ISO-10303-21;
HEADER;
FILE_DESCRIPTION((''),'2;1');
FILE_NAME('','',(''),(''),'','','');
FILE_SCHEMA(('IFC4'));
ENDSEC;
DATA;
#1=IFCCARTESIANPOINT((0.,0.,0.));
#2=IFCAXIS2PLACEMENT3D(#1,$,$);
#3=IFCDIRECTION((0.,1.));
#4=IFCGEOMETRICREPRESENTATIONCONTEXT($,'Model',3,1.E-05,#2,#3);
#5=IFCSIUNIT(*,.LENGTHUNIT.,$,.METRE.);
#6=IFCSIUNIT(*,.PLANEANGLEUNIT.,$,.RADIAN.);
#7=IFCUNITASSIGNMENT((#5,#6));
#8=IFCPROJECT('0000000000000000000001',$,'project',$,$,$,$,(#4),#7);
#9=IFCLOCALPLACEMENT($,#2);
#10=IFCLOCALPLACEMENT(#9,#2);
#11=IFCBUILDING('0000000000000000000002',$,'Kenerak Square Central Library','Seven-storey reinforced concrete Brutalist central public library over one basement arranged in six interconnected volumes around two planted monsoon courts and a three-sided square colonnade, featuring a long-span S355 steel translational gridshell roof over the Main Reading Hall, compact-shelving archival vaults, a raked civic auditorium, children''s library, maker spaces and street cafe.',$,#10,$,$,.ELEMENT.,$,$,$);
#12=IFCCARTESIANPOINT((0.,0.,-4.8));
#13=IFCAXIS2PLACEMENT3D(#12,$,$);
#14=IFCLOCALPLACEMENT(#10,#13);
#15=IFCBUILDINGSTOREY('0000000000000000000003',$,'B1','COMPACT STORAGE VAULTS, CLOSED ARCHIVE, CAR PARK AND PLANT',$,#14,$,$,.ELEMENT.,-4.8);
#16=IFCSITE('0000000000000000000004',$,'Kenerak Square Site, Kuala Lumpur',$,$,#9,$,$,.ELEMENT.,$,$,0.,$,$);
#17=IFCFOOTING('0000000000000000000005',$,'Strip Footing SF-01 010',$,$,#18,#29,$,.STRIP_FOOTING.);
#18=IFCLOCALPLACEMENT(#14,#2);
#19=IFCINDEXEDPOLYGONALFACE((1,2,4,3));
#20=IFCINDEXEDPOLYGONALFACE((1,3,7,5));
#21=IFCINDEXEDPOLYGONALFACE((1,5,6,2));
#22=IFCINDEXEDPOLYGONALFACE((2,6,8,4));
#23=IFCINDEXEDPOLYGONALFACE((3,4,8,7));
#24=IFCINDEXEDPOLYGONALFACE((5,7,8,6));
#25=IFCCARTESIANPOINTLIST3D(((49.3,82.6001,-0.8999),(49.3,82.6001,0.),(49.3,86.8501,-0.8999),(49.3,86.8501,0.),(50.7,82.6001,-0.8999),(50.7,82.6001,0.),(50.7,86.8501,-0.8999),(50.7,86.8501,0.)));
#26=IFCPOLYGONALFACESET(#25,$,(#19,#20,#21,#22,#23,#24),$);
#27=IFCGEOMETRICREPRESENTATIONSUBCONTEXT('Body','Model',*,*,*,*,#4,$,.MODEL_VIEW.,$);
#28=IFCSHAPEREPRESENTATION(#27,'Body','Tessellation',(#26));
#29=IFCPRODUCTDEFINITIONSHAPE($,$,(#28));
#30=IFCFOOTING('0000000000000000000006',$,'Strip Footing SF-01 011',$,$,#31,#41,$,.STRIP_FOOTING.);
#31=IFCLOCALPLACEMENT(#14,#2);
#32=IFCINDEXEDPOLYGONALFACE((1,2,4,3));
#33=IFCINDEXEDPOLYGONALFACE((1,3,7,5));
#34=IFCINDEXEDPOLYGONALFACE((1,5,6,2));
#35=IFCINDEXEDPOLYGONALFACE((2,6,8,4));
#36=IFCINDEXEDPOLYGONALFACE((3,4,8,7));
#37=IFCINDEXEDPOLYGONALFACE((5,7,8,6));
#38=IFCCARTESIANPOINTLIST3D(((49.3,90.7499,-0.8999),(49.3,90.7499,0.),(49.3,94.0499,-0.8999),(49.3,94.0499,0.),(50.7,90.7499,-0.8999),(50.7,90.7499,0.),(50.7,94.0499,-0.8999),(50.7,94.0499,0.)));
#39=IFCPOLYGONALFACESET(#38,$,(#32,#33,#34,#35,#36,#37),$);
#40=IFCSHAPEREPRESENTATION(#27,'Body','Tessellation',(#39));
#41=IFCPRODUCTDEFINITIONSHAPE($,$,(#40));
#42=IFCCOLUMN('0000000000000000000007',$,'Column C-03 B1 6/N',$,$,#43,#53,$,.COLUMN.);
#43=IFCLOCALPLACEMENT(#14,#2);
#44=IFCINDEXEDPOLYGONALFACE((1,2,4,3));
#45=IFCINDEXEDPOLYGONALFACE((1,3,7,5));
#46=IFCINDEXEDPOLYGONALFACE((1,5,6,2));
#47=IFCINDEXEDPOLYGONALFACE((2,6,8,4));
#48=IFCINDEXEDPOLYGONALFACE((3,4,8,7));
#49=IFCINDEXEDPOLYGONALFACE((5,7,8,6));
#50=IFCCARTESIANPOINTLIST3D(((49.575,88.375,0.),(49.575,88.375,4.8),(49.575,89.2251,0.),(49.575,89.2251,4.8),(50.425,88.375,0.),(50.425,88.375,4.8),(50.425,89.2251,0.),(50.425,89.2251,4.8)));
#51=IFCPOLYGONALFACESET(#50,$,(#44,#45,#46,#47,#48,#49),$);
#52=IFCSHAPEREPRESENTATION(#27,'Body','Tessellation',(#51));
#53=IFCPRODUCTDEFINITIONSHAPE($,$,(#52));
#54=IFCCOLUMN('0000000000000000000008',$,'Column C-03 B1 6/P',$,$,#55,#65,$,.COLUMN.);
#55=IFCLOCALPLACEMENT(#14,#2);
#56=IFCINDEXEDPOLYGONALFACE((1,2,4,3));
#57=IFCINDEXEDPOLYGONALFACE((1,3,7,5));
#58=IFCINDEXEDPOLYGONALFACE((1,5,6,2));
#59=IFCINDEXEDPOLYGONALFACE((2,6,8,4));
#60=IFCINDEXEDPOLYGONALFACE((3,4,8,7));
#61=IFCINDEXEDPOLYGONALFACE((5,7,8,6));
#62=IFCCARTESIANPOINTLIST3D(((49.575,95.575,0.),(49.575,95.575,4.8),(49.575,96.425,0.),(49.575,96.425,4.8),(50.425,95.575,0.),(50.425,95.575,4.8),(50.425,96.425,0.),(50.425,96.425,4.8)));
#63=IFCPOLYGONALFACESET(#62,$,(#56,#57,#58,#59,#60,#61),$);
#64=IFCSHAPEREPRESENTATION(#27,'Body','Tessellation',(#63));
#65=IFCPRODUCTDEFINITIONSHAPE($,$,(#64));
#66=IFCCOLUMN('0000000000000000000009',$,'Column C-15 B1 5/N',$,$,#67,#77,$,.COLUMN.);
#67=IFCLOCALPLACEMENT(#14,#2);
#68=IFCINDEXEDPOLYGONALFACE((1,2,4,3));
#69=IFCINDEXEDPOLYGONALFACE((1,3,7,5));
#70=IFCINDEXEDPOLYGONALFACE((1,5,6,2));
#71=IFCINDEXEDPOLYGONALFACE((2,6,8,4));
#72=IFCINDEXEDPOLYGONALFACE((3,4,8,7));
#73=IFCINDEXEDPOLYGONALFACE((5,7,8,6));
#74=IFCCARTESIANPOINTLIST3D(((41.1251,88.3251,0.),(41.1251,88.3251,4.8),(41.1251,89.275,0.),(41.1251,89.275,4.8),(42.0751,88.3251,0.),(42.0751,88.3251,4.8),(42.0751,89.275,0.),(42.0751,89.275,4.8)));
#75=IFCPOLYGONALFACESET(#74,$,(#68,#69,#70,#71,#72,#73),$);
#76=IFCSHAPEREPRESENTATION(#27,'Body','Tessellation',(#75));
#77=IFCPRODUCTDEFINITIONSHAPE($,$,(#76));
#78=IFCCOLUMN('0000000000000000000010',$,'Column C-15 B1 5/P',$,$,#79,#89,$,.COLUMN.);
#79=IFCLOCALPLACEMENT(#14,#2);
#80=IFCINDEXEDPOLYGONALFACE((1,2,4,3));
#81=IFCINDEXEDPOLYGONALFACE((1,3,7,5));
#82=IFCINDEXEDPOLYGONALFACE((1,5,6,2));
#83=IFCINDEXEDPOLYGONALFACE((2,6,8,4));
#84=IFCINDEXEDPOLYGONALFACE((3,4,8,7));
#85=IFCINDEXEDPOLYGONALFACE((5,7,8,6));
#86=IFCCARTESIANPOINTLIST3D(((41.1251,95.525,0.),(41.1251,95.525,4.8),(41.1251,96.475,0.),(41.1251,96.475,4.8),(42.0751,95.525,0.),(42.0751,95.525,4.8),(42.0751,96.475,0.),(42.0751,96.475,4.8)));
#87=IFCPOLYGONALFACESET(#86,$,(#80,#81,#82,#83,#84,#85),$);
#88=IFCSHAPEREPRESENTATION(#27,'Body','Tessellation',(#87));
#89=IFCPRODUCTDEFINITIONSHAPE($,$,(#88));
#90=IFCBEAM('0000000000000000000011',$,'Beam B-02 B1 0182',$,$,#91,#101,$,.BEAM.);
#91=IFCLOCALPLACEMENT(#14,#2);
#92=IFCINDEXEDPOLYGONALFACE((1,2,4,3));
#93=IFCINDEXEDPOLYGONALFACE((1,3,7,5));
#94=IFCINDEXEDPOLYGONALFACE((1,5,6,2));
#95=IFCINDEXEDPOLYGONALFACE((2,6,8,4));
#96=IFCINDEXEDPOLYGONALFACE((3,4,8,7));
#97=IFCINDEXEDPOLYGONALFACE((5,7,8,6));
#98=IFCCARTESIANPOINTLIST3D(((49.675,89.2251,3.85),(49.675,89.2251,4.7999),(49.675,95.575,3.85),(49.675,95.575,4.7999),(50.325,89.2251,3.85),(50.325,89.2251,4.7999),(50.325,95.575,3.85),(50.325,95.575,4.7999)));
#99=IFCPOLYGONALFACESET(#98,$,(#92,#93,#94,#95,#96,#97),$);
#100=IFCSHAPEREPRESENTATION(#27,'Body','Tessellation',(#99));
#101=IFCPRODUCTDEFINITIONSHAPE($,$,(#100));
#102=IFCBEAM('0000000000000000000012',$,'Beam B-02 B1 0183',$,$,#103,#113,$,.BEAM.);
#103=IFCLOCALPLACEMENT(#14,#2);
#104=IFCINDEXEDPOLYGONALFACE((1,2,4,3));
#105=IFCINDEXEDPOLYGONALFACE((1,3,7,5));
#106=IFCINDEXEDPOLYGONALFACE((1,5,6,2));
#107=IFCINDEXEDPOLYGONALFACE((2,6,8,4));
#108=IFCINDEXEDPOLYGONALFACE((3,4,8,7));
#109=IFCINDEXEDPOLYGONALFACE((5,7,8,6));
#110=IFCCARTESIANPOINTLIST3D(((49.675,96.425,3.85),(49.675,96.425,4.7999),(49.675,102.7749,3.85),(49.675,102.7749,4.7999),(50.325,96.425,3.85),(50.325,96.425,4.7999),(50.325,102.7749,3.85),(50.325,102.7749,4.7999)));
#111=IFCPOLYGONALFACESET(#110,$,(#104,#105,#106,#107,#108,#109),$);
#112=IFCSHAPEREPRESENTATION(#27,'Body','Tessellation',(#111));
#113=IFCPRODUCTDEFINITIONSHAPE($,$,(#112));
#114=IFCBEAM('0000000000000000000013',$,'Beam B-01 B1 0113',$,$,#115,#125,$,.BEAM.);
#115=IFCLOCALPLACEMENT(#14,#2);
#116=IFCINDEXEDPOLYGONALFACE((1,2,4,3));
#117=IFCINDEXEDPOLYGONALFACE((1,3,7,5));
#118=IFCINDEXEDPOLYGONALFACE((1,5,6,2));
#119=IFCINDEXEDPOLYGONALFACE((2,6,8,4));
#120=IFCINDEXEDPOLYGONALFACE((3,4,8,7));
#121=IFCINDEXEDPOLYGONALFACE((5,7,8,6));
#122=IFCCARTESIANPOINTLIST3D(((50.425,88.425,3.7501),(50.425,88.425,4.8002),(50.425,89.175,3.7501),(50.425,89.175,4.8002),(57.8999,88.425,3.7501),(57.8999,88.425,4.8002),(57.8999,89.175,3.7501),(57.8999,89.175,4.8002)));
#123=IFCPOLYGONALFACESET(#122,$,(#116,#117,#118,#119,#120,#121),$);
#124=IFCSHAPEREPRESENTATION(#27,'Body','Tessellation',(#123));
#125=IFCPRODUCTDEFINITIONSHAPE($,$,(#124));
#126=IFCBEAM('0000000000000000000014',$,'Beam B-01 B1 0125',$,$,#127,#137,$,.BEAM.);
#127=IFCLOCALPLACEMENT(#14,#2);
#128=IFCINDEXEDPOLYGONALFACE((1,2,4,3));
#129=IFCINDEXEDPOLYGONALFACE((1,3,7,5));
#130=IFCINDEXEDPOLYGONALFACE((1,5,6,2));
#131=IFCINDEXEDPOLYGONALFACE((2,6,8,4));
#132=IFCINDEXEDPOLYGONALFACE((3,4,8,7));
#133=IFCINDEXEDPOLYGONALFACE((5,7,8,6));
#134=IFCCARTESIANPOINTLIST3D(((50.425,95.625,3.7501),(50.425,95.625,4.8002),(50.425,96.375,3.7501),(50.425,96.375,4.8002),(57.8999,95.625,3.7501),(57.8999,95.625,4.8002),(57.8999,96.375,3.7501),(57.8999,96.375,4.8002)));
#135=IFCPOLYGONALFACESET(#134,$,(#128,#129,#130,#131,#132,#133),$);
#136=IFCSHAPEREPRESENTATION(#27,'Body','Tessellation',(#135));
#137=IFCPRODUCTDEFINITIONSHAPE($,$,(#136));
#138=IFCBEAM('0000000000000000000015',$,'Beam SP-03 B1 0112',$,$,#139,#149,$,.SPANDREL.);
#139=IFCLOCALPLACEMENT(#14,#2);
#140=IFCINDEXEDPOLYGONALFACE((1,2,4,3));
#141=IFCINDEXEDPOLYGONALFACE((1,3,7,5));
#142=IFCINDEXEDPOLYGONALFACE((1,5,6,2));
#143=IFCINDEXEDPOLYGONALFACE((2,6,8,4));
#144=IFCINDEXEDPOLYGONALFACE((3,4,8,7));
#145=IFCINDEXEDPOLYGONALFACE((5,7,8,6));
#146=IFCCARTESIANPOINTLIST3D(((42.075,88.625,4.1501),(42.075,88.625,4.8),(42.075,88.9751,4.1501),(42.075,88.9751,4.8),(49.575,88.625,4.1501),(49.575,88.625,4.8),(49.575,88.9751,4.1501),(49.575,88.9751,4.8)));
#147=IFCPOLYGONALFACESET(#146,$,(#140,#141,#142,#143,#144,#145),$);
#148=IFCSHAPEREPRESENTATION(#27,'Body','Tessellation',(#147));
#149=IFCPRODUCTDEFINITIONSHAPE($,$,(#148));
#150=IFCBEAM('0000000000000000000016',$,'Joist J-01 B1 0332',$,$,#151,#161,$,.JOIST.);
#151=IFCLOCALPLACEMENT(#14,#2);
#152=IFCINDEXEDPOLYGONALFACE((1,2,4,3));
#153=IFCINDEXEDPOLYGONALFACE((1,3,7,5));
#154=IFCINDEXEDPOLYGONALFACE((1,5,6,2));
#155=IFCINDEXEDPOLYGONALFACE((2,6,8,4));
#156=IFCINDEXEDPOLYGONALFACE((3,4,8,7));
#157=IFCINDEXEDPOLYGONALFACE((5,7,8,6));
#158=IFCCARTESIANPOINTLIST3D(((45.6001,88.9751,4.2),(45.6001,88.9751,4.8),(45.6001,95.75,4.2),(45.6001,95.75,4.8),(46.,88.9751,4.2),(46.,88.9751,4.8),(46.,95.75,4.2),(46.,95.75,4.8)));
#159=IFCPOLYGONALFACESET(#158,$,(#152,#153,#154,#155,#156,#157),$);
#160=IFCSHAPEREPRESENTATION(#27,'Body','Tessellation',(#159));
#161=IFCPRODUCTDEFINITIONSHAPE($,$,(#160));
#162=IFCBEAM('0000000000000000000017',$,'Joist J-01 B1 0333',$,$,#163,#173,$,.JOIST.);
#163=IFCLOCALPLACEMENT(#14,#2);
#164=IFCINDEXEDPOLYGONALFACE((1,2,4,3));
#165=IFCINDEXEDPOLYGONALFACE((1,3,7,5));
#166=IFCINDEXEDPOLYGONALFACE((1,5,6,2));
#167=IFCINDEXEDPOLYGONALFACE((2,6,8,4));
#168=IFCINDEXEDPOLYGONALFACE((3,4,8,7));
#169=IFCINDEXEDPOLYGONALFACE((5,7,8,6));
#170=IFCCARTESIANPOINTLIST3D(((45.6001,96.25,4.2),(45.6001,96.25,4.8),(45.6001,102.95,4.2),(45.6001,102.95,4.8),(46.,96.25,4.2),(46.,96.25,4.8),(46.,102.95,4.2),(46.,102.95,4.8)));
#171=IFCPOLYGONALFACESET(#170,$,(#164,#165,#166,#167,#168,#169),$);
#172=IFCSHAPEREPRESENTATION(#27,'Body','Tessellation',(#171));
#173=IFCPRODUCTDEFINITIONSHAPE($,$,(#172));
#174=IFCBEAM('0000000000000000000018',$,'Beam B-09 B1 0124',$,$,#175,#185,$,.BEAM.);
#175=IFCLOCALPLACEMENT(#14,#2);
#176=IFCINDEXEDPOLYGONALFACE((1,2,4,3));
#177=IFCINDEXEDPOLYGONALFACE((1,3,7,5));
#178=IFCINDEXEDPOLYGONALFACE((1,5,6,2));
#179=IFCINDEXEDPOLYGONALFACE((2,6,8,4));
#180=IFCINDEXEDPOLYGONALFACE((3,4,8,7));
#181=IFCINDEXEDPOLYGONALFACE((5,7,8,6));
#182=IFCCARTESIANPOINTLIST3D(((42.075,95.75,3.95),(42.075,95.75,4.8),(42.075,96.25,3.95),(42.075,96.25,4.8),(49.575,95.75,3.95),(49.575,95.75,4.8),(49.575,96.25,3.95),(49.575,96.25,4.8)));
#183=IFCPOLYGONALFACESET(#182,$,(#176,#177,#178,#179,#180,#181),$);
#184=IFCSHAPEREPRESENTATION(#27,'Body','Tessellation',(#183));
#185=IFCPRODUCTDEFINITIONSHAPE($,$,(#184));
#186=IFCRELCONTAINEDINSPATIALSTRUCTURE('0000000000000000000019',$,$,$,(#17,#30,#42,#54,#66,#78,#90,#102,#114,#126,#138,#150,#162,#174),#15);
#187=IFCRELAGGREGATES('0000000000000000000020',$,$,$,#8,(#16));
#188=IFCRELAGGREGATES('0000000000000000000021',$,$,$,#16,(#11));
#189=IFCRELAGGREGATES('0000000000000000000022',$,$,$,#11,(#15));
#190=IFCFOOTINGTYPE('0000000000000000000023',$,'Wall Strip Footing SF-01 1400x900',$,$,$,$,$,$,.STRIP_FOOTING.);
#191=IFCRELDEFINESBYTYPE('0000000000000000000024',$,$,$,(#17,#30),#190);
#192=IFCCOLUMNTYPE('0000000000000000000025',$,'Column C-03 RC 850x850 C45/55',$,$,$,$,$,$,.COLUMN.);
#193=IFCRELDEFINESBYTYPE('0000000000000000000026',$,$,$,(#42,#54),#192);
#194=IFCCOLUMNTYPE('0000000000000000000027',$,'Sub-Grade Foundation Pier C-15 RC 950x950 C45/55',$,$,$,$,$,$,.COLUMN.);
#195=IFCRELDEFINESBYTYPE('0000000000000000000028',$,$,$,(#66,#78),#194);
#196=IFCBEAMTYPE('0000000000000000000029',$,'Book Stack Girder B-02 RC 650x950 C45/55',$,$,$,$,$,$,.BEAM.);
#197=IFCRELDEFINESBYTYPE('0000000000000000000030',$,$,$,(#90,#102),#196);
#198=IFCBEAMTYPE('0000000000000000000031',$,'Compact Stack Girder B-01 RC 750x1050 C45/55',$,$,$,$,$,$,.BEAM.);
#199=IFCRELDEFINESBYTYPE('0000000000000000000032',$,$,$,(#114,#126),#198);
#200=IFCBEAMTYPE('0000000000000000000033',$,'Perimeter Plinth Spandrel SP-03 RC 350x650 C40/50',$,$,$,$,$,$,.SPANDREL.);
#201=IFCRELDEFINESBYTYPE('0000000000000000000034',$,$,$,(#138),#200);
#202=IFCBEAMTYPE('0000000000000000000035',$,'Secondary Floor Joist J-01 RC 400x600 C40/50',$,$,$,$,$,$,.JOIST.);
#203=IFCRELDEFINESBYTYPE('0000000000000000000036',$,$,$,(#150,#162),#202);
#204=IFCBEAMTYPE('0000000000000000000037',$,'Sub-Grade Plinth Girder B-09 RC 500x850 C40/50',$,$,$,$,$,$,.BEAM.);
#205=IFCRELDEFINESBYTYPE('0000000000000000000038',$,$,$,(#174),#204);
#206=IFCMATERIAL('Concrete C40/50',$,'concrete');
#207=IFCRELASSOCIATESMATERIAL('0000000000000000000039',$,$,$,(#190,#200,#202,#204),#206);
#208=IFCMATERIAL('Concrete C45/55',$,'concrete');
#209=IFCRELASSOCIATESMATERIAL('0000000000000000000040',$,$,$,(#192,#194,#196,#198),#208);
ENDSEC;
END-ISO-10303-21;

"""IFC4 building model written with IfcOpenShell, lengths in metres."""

from ifc_helpers import new_model, si_unit, direction, frame, origin, origin_2d, place, context, subcontext, project, spatial, rectangle, extrude, material, material_profile, profile_set, type_object, element, save


model = new_model("IFC4")

# Units and contexts
model_context = context("Model", 3, precision=1e-05, world=origin(), true_north=direction((0.0, 1.0)))
body_context = subcontext(model_context, "Body", "Model", "MODEL_VIEW")
ifc_project = project(units=[si_unit("LENGTHUNIT", "METRE"), si_unit("PLANEANGLEUNIT", "RADIAN")], contexts=[model_context])

# Site, building, storey
site_placement = place(None, origin())
site = spatial("IfcSite", under=ifc_project, at=site_placement, Name="Kenerak Square Site, Kuala Lumpur", CompositionType="ELEMENT", RefElevation=0.0)
building_placement = place(site_placement, origin())
building = spatial("IfcBuilding", under=site, at=building_placement, Name="Kenerak Square Central Library", Description="Seven-storey reinforced concrete Brutalist central public library over one basement arranged in six interconnected volumes around two planted monsoon courts and a three-sided square colonnade, featuring a long-span S355 steel translational gridshell roof over the Main Reading Hall, compact-shelving archival vaults, a raked civic auditorium, children's library, maker spaces and street cafe.", CompositionType="ELEMENT")
storey_placement = place(building_placement, frame((0.0, 0.0, -4.8)))
storey = spatial("IfcBuildingStorey", under=building, at=storey_placement, Name="B1", Description="COMPACT STORAGE VAULTS, CLOSED ARCHIVE, CAR PARK AND PLANT", CompositionType="ELEMENT", Elevation=-4.8)

# Shared definitions
ifc_material_1 = material(Name="Concrete C40/50", Category="concrete")

# Footings
footing_type_1 = type_object("IfcFootingType", Name="Wall Strip Footing SF-01 1400x900", PredefinedType="STRIP_FOOTING", material=ifc_material_1)
footing_1_placement = place(storey_placement, frame((50.0, 84.7251, -0.8999), z_axis=(0.0, 0.0, 1.0), x_axis=(1.0, 0.0, 0.0)))
element("IfcFooting", 1, at=footing_1_placement, inside=storey, type_object=footing_type_1, Name="Strip Footing SF-01 010", PredefinedType="STRIP_FOOTING", context=body_context, shape_type="SweptSolid", body=[
    extrude(rectangle(XDim=1.3999, YDim=4.25, at=origin_2d()), origin(), (0.0, 0.0, 1.0), 0.8999),
])
footing_2_placement = place(storey_placement, frame((50.0, 92.3999, -0.8999), z_axis=(0.0, 0.0, 1.0), x_axis=(1.0, 0.0, 0.0)))
element("IfcFooting", 2, at=footing_2_placement, inside=storey, type_object=footing_type_1, Name="Strip Footing SF-01 011", PredefinedType="STRIP_FOOTING", context=body_context, shape_type="SweptSolid", body=[
    extrude(rectangle(XDim=1.3999, YDim=3.3, at=origin_2d()), origin(), (0.0, 0.0, 1.0), 0.8999),
])

# Columns
ifc_material_2 = material(Name="Concrete C45/55", Category="concrete")
ifc_material_profile_1 = material_profile(ifc_material_2, rectangle(XDim=0.8501, YDim=0.8501, at=origin_2d()), Name="RC 850x850")
ifc_profile_set_1 = profile_set([ifc_material_profile_1], Name="Concrete C45/55")
column_type_1 = type_object("IfcColumnType", Name="Column C-03 RC 850x850 C45/55", PredefinedType="COLUMN", material=ifc_profile_set_1)
for number, where, z_axis, x_axis, name in (
    (3, (50.0, 88.8, 0.0), (0.0, 0.0, 1.0), (1.0, 0.0, 0.0), "Column C-03 B1 6/N"),
    (4, (50.0, 96.0, 0.0), (0.0, 0.0, 1.0), (1.0, 0.0, 0.0), "Column C-03 B1 6/P"),
):
    element("IfcColumn", number, at=place(storey_placement, frame(where, z_axis=z_axis, x_axis=x_axis)), inside=storey, type_object=column_type_1, Name=name, PredefinedType="COLUMN", context=body_context, shape_type="SweptSolid", body=[
        extrude(rectangle(XDim=0.8501, YDim=0.8501, at=origin_2d()), origin(), (0.0, 0.0, 1.0), 4.8),
    ])
ifc_material_profile_2 = material_profile(ifc_material_2, rectangle(XDim=0.95, YDim=0.95, at=origin_2d()), Name="RC 950x950")
ifc_profile_set_2 = profile_set([ifc_material_profile_2], Name="Concrete C45/55")
column_type_2 = type_object("IfcColumnType", Name="Sub-Grade Foundation Pier C-15 RC 950x950 C45/55", PredefinedType="COLUMN", material=ifc_profile_set_2)
for number, where, z_axis, x_axis, name in (
    (5, (41.6001, 88.8, 0.0), (0.0, 0.0, 1.0), (1.0, 0.0, 0.0), "Column C-15 B1 5/N"),
    (6, (41.6001, 96.0, 0.0), (0.0, 0.0, 1.0), (1.0, 0.0, 0.0), "Column C-15 B1 5/P"),
):
    element("IfcColumn", number, at=place(storey_placement, frame(where, z_axis=z_axis, x_axis=x_axis)), inside=storey, type_object=column_type_2, Name=name, PredefinedType="COLUMN", context=body_context, shape_type="SweptSolid", body=[
        extrude(rectangle(XDim=0.95, YDim=0.95, at=origin_2d()), origin(), (0.0, 0.0, 1.0), 4.8),
    ])

# Beams
ifc_material_profile_3 = material_profile(ifc_material_2, rectangle(XDim=0.6499, YDim=0.95, at=origin_2d()), Name="RC 650x950")
ifc_profile_set_3 = profile_set([ifc_material_profile_3], Name="Concrete C45/55")
beam_type_1 = type_object("IfcBeamType", Name="Book Stack Girder B-02 RC 650x950 C45/55", PredefinedType="BEAM", material=ifc_profile_set_3)
for number, where, z_axis, x_axis, name in (
    (7, (50.0, 89.2251, 4.325), (0.0, 1.0, 0.0), (-1.0, 0.0, 0.0), "Beam B-02 B1 0182"),
    (8, (50.0, 96.425, 4.325), (0.0, 1.0, 0.0), (-1.0, 0.0, 0.0), "Beam B-02 B1 0183"),
):
    element("IfcBeam", number, at=place(storey_placement, frame(where, z_axis=z_axis, x_axis=x_axis)), inside=storey, type_object=beam_type_1, Name=name, PredefinedType="BEAM", context=body_context, shape_type="SweptSolid", body=[
        extrude(rectangle(XDim=0.6499, YDim=0.95, at=origin_2d()), origin(), (0.0, 0.0, 1.0), 6.3499),
    ])
ifc_material_profile_4 = material_profile(ifc_material_2, rectangle(XDim=0.75, YDim=1.05, at=origin_2d()), Name="RC 750x1050")
ifc_profile_set_4 = profile_set([ifc_material_profile_4], Name="Concrete C45/55")
beam_type_2 = type_object("IfcBeamType", Name="Compact Stack Girder B-01 RC 750x1050 C45/55", PredefinedType="BEAM", material=ifc_profile_set_4)
for number, where, z_axis, x_axis, name in (
    (9, (50.425, 88.8, 4.2751), (1.0, 0.0, 0.0), (0.0, 1.0, 0.0), "Beam B-01 B1 0113"),
    (10, (50.425, 96.0, 4.2751), (1.0, 0.0, 0.0), (0.0, 1.0, 0.0), "Beam B-01 B1 0125"),
):
    element("IfcBeam", number, at=place(storey_placement, frame(where, z_axis=z_axis, x_axis=x_axis)), inside=storey, type_object=beam_type_2, Name=name, PredefinedType="BEAM", context=body_context, shape_type="SweptSolid", body=[
        extrude(rectangle(XDim=0.75, YDim=1.05, at=origin_2d()), origin(), (0.0, 0.0, 1.0), 7.4749),
    ])
ifc_material_profile_5 = material_profile(ifc_material_1, rectangle(XDim=0.3501, YDim=0.6499, at=origin_2d()), Name="RC 350x650")
ifc_profile_set_5 = profile_set([ifc_material_profile_5], Name="Concrete C40/50")
beam_type_3 = type_object("IfcBeamType", Name="Perimeter Plinth Spandrel SP-03 RC 350x650 C40/50", PredefinedType="SPANDREL", material=ifc_profile_set_5)
beam_1_placement = place(storey_placement, frame((42.075, 88.8, 4.4751), z_axis=(1.0, 0.0, 0.0), x_axis=(0.0, 1.0, 0.0)))
element("IfcBeam", 11, at=beam_1_placement, inside=storey, type_object=beam_type_3, Name="Beam SP-03 B1 0112", PredefinedType="SPANDREL", context=body_context, shape_type="SweptSolid", body=[
    extrude(rectangle(XDim=0.3501, YDim=0.6499, at=origin_2d()), origin(), (0.0, 0.0, 1.0), 7.5),
])
ifc_material_profile_6 = material_profile(ifc_material_1, rectangle(XDim=0.3999, YDim=0.6001, at=origin_2d()), Name="RC 400x600")
ifc_profile_set_6 = profile_set([ifc_material_profile_6], Name="Concrete C40/50")
beam_type_4 = type_object("IfcBeamType", Name="Secondary Floor Joist J-01 RC 400x600 C40/50", PredefinedType="JOIST", material=ifc_profile_set_6)
beam_2_placement = place(storey_placement, frame((45.8, 88.9751, 4.5), z_axis=(0.0, 1.0, 0.0), x_axis=(-1.0, 0.0, 0.0)))
element("IfcBeam", 12, at=beam_2_placement, inside=storey, type_object=beam_type_4, Name="Joist J-01 B1 0332", PredefinedType="JOIST", context=body_context, shape_type="SweptSolid", body=[
    extrude(rectangle(XDim=0.3999, YDim=0.6001, at=origin_2d()), origin(), (0.0, 0.0, 1.0), 6.7749),
])
beam_3_placement = place(storey_placement, frame((45.8, 96.25, 4.5), z_axis=(0.0, 1.0, 0.0), x_axis=(-1.0, 0.0, 0.0)))
element("IfcBeam", 13, at=beam_3_placement, inside=storey, type_object=beam_type_4, Name="Joist J-01 B1 0333", PredefinedType="JOIST", context=body_context, shape_type="SweptSolid", body=[
    extrude(rectangle(XDim=0.3999, YDim=0.6001, at=origin_2d()), origin(), (0.0, 0.0, 1.0), 6.7),
])
ifc_material_profile_7 = material_profile(ifc_material_1, rectangle(XDim=0.5, YDim=0.8501, at=origin_2d()), Name="RC 500x850")
ifc_profile_set_7 = profile_set([ifc_material_profile_7], Name="Concrete C40/50")
beam_type_5 = type_object("IfcBeamType", Name="Sub-Grade Plinth Girder B-09 RC 500x850 C40/50", PredefinedType="BEAM", material=ifc_profile_set_7)
beam_4_placement = place(storey_placement, frame((42.075, 96.0, 4.375), z_axis=(1.0, 0.0, 0.0), x_axis=(0.0, 1.0, 0.0)))
element("IfcBeam", 14, at=beam_4_placement, inside=storey, type_object=beam_type_5, Name="Beam B-09 B1 0124", PredefinedType="BEAM", context=body_context, shape_type="SweptSolid", body=[
    extrude(rectangle(XDim=0.5, YDim=0.8501, at=origin_2d()), origin(), (0.0, 0.0, 1.0), 7.5),
])

save(model, "model.ifc")
